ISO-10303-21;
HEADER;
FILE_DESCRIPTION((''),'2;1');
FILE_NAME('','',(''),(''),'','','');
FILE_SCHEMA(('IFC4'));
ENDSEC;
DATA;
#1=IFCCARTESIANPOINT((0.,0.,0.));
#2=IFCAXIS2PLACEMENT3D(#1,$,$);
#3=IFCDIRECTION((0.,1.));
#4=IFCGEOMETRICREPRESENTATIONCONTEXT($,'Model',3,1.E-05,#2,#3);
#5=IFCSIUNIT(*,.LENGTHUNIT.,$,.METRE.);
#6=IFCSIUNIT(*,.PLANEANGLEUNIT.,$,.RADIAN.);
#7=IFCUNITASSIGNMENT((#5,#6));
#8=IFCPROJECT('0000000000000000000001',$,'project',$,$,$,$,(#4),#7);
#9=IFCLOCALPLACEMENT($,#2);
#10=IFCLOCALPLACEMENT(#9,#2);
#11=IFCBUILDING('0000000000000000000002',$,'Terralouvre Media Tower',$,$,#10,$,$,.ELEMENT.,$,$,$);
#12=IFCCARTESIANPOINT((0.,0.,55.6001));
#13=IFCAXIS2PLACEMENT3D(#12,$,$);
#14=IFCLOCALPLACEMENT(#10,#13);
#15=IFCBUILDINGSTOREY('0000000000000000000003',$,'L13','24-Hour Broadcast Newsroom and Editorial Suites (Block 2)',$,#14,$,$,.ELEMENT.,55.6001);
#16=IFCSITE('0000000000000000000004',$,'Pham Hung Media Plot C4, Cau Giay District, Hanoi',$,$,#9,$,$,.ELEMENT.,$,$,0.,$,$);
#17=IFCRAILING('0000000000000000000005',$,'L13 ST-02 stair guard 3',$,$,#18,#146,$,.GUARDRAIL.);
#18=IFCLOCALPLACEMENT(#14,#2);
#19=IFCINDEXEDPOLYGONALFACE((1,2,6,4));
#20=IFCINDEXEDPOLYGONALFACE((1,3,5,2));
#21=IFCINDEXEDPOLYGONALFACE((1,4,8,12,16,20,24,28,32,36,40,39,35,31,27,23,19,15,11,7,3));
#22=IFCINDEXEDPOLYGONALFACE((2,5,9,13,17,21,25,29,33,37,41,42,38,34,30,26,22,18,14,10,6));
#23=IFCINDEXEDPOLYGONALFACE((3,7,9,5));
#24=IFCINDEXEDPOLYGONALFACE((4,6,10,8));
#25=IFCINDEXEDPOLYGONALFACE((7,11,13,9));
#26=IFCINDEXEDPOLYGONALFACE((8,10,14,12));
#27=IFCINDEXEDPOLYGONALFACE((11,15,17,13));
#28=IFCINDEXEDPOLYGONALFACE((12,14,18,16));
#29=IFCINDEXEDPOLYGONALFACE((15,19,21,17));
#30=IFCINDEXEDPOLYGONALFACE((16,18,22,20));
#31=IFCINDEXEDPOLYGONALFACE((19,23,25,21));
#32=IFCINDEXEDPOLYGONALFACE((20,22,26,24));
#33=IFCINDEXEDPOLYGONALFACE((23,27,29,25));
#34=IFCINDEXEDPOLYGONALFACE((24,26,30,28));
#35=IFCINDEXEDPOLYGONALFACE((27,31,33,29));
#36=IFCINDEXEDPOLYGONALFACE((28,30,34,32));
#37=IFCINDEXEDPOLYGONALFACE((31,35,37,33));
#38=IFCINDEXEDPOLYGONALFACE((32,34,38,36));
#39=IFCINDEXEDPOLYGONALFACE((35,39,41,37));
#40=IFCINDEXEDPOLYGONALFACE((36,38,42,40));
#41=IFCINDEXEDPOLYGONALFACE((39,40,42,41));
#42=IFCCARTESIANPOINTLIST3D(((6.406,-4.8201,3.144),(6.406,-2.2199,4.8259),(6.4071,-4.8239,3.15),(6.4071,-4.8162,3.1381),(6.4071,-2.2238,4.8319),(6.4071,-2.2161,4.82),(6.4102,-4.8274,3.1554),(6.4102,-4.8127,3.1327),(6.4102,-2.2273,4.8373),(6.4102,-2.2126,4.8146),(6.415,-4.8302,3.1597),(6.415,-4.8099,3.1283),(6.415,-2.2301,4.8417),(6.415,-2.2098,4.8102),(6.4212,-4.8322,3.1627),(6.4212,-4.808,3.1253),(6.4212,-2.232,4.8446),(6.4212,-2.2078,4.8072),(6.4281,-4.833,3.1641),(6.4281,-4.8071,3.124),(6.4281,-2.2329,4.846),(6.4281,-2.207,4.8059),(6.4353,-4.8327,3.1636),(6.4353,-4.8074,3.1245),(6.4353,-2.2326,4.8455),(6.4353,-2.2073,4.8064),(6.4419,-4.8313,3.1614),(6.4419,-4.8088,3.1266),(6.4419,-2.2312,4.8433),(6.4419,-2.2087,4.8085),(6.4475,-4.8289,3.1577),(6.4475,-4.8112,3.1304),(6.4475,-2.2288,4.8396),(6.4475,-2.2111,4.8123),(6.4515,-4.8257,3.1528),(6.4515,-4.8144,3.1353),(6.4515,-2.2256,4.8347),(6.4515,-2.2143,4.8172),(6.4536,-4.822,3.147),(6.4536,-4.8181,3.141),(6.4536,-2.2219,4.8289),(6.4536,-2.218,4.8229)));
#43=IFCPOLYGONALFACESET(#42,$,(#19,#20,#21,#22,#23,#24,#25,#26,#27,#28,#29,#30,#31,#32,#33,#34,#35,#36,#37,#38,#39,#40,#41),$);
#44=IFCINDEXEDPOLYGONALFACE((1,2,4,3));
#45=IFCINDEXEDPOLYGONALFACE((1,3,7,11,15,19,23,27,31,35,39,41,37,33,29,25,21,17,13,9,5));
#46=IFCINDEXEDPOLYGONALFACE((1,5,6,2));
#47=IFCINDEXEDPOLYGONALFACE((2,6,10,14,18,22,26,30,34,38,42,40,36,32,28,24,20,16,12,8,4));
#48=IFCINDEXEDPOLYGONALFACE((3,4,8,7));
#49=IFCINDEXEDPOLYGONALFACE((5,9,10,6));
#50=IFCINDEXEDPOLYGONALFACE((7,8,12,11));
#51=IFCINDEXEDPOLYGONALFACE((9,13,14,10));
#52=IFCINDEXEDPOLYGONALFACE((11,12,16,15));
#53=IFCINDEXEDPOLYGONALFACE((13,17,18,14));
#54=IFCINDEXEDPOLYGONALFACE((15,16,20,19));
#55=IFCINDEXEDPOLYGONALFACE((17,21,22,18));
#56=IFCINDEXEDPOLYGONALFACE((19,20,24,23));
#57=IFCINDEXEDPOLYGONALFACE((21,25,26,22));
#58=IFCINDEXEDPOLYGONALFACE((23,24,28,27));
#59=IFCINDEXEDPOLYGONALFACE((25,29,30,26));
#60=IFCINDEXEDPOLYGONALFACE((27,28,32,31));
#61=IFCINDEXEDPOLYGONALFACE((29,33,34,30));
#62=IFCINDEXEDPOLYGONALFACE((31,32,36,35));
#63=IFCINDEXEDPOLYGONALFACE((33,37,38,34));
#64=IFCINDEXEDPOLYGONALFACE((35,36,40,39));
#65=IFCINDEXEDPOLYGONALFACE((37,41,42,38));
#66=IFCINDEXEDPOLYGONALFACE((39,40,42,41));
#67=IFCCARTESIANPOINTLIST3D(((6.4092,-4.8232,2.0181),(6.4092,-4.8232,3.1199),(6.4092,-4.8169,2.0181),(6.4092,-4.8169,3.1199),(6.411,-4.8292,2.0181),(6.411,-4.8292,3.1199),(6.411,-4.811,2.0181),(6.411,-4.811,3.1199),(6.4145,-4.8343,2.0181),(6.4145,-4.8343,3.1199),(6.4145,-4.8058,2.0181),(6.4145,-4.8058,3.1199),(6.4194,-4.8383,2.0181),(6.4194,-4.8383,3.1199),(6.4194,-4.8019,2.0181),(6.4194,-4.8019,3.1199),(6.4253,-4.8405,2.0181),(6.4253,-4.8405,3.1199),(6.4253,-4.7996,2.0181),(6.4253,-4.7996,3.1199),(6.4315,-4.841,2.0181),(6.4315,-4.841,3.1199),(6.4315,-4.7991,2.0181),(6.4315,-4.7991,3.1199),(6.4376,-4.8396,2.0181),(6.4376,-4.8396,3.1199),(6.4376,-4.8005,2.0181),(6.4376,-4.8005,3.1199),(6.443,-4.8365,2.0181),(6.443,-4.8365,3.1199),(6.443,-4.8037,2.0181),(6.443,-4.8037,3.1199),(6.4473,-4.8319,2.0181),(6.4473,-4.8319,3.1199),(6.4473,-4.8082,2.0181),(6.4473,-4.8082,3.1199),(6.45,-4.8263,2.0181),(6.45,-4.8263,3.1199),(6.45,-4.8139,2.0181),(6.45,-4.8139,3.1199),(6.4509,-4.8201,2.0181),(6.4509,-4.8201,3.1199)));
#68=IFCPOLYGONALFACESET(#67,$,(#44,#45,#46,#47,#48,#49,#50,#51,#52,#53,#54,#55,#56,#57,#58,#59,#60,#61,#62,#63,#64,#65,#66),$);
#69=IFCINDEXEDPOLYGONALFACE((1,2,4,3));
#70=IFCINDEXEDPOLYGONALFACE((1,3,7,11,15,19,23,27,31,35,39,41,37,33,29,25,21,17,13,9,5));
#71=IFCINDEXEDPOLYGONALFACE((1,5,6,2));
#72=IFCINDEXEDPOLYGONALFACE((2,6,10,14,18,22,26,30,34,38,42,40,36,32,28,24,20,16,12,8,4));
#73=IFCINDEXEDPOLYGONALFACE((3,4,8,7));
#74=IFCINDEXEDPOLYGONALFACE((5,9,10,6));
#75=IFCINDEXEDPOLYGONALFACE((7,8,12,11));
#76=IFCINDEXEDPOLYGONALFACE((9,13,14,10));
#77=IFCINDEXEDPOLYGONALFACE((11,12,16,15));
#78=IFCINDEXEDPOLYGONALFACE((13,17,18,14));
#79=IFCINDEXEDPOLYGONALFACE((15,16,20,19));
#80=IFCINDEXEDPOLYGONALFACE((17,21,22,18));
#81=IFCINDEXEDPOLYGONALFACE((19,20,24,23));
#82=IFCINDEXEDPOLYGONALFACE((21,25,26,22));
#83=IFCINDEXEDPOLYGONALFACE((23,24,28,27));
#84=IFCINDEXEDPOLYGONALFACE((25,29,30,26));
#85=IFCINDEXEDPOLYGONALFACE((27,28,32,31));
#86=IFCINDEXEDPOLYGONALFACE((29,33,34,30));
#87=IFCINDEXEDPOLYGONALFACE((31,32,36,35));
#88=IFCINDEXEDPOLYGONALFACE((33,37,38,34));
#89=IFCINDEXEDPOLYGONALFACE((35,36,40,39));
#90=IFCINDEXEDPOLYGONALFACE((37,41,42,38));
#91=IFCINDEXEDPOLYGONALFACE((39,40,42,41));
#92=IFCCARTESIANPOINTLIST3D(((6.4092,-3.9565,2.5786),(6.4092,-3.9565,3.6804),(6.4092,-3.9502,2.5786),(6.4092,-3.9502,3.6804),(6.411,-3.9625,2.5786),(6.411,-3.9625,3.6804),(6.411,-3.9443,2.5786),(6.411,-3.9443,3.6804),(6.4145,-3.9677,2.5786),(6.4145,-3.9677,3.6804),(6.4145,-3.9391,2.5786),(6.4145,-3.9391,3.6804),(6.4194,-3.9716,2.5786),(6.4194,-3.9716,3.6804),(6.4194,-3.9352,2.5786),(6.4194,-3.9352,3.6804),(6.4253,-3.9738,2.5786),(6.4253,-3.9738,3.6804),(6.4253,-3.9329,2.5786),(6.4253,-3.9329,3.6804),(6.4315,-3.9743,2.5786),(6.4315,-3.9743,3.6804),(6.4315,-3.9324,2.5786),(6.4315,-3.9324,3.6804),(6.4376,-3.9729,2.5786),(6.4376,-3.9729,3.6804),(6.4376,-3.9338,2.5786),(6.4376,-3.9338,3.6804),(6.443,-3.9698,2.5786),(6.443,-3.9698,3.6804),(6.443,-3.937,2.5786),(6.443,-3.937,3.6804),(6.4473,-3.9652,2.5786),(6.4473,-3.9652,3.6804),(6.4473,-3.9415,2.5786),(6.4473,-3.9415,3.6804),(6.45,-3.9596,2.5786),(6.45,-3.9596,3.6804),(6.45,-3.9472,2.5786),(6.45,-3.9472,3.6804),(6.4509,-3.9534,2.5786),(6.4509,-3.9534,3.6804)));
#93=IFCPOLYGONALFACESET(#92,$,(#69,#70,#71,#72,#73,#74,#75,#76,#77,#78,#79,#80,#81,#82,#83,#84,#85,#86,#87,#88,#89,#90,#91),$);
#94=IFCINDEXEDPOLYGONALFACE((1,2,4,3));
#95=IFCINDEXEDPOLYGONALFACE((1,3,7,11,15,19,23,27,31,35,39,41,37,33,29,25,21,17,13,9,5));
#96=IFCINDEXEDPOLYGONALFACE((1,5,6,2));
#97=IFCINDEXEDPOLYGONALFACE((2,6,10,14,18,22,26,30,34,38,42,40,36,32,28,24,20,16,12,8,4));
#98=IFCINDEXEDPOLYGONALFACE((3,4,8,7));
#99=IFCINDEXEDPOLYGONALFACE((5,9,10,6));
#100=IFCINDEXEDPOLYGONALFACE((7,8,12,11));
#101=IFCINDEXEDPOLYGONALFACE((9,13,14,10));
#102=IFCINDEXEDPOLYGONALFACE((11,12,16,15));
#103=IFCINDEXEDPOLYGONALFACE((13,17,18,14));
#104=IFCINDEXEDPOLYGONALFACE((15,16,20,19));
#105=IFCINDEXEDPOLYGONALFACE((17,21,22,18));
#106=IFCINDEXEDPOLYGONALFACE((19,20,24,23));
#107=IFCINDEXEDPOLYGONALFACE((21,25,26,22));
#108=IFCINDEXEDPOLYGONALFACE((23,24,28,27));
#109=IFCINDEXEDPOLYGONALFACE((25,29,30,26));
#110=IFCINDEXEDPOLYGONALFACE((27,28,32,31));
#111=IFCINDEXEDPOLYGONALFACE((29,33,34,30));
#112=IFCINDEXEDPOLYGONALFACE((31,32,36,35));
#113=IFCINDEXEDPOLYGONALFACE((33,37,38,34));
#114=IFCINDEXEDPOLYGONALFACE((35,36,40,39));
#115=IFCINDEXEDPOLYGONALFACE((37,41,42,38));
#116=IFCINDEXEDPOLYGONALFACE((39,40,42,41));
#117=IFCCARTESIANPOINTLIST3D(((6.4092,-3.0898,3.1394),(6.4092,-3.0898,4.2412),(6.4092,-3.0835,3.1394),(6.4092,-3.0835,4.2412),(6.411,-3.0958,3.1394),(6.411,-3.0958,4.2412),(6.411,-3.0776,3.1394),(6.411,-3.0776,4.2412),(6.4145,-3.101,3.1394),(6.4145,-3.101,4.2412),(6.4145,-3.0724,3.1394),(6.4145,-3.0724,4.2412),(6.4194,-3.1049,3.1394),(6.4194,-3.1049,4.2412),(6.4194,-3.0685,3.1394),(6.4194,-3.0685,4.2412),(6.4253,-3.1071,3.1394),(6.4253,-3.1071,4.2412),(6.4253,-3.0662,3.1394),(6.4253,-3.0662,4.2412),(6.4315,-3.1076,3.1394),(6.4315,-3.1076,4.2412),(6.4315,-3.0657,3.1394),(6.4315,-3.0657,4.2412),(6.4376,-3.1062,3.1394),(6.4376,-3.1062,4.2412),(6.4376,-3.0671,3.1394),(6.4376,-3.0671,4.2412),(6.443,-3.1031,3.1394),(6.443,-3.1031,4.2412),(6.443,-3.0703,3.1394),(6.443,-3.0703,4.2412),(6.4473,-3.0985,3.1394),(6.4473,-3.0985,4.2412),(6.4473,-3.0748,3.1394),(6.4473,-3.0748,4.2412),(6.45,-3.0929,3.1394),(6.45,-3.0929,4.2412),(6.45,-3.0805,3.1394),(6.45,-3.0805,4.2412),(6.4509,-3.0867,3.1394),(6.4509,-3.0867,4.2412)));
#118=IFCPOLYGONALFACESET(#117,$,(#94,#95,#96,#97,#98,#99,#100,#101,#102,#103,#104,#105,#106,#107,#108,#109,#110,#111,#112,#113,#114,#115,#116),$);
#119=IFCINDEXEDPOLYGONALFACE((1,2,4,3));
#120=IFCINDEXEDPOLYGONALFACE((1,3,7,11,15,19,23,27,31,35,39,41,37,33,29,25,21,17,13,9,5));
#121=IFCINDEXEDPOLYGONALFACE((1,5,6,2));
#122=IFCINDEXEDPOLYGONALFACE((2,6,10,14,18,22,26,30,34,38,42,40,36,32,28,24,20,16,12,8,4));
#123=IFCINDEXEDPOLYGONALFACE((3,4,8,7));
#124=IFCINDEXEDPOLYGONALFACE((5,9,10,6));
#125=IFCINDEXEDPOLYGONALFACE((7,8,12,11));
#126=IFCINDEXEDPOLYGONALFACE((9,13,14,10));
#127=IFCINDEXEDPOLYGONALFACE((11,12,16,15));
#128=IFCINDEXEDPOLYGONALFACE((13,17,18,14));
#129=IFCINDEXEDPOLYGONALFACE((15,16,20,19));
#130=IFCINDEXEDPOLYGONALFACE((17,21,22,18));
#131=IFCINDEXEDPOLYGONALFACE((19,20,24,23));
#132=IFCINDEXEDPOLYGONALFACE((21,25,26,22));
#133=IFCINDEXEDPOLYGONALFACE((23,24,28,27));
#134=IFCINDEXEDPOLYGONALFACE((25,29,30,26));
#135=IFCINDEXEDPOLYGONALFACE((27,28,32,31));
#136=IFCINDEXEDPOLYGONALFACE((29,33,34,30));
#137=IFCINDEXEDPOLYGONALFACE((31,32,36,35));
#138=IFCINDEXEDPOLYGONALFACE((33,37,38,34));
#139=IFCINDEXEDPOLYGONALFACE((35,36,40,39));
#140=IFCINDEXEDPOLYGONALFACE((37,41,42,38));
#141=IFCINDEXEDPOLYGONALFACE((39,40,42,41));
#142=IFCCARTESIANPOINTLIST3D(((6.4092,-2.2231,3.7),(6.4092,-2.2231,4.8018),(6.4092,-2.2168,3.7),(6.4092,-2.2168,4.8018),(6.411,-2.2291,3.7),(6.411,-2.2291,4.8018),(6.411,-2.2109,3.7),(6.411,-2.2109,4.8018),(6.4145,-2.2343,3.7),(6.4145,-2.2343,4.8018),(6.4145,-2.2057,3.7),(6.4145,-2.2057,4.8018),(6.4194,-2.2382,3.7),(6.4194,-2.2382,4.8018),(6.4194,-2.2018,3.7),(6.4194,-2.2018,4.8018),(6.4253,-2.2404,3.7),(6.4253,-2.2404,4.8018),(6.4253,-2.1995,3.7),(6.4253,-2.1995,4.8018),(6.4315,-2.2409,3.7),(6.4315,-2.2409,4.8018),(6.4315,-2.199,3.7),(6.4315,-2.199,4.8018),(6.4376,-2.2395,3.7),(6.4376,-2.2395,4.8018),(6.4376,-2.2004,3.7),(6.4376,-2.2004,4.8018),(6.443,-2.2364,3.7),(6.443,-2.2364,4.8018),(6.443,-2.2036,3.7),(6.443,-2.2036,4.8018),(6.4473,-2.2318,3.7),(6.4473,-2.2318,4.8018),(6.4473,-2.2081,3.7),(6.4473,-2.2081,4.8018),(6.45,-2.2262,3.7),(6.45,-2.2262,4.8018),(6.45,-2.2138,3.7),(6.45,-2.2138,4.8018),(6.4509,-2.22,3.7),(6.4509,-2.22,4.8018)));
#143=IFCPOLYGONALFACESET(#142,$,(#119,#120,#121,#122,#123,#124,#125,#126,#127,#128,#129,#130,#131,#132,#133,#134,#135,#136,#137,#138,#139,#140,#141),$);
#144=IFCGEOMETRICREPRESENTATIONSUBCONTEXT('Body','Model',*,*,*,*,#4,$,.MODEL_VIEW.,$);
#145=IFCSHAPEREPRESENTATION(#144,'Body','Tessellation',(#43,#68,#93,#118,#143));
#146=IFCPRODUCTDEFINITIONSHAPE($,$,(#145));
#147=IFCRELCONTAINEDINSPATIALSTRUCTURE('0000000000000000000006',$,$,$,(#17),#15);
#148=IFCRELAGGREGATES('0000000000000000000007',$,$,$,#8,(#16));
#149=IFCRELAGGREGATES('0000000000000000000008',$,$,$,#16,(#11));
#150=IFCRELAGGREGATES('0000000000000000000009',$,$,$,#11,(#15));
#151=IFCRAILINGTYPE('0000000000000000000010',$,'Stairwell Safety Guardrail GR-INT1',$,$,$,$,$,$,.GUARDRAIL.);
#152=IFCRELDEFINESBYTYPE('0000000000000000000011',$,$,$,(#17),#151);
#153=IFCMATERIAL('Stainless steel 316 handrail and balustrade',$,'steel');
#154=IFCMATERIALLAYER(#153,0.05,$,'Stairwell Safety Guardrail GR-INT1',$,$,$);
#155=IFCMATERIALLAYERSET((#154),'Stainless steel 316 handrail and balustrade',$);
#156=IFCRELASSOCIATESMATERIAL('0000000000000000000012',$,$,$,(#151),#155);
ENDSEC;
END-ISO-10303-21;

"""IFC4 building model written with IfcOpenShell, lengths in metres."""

from ifc_helpers import new_model, si_unit, direction, frame, origin, origin_2d, place, context, subcontext, project, spatial, circle, extrude, material, layer, layer_set, type_object, element, save


model = new_model("IFC4")

# Units and contexts
model_context = context("Model", 3, precision=1e-05, world=origin(), true_north=direction((0.0, 1.0)))
body_context = subcontext(model_context, "Body", "Model", "MODEL_VIEW")
ifc_project = project(units=[si_unit("LENGTHUNIT", "METRE"), si_unit("PLANEANGLEUNIT", "RADIAN")], contexts=[model_context])

# Site, building, storey
site_placement = place(None, origin())
site = spatial("IfcSite", under=ifc_project, at=site_placement, Name="Pham Hung Media Plot C4, Cau Giay District, Hanoi", CompositionType="ELEMENT", RefElevation=0.0)
building_placement = place(site_placement, origin())
building = spatial("IfcBuilding", under=site, at=building_placement, Name="Terralouvre Media Tower", CompositionType="ELEMENT")
storey_placement = place(building_placement, frame((0.0, 0.0, 55.6001)))
storey = spatial("IfcBuildingStorey", under=building, at=storey_placement, Name="L13", Description="24-Hour Broadcast Newsroom and Editorial Suites (Block 2)", CompositionType="ELEMENT", Elevation=55.6001)

# Railing
ifc_material_1 = material(Name="Stainless steel 316 handrail and balustrade", Category="steel")
ifc_layer_1 = layer(ifc_material_1, 0.05, Name="Stairwell Safety Guardrail GR-INT1")
ifc_layer_set_1 = layer_set([ifc_layer_1], Name="Stainless steel 316 handrail and balustrade")
railing_type_1 = type_object("IfcRailingType", Name="Stairwell Safety Guardrail GR-INT1", PredefinedType="GUARDRAIL", material=ifc_layer_set_1)
railing_1_placement = place(storey_placement, frame((6.4299, -4.8201, 2.0181)))
element("IfcRailing", 1, at=railing_1_placement, inside=storey, type_object=railing_type_1, Name="L13 ST-02 stair guard 3", PredefinedType="GUARDRAIL", context=body_context, shape_type="SweptSolid", body=[
    extrude(circle(Radius=0.0239, at=origin_2d()), frame((0.0, 0.0, 1.126), z_axis=(0.0, 0.839648, 0.54313), x_axis=(-1.0, 0.0, 0.0)), (0.0, 0.0, 1.0), 3.0967),
    extrude(circle(Radius=0.021, at=origin_2d()), origin(), (0.0, 0.0, 1.0), 1.1018),
    extrude(circle(Radius=0.021, at=origin_2d()), frame((0.0, 0.8667, 0.5605)), (0.0, 0.0, 1.0), 1.1018),
    extrude(circle(Radius=0.021, at=origin_2d()), frame((0.0, 1.7334, 1.1213)), (0.0, 0.0, 1.0), 1.1018),
    extrude(circle(Radius=0.021, at=origin_2d()), frame((0.0, 2.6001, 1.6819)), (0.0, 0.0, 1.0), 1.1018),
])

save(model, "model.ifc")
